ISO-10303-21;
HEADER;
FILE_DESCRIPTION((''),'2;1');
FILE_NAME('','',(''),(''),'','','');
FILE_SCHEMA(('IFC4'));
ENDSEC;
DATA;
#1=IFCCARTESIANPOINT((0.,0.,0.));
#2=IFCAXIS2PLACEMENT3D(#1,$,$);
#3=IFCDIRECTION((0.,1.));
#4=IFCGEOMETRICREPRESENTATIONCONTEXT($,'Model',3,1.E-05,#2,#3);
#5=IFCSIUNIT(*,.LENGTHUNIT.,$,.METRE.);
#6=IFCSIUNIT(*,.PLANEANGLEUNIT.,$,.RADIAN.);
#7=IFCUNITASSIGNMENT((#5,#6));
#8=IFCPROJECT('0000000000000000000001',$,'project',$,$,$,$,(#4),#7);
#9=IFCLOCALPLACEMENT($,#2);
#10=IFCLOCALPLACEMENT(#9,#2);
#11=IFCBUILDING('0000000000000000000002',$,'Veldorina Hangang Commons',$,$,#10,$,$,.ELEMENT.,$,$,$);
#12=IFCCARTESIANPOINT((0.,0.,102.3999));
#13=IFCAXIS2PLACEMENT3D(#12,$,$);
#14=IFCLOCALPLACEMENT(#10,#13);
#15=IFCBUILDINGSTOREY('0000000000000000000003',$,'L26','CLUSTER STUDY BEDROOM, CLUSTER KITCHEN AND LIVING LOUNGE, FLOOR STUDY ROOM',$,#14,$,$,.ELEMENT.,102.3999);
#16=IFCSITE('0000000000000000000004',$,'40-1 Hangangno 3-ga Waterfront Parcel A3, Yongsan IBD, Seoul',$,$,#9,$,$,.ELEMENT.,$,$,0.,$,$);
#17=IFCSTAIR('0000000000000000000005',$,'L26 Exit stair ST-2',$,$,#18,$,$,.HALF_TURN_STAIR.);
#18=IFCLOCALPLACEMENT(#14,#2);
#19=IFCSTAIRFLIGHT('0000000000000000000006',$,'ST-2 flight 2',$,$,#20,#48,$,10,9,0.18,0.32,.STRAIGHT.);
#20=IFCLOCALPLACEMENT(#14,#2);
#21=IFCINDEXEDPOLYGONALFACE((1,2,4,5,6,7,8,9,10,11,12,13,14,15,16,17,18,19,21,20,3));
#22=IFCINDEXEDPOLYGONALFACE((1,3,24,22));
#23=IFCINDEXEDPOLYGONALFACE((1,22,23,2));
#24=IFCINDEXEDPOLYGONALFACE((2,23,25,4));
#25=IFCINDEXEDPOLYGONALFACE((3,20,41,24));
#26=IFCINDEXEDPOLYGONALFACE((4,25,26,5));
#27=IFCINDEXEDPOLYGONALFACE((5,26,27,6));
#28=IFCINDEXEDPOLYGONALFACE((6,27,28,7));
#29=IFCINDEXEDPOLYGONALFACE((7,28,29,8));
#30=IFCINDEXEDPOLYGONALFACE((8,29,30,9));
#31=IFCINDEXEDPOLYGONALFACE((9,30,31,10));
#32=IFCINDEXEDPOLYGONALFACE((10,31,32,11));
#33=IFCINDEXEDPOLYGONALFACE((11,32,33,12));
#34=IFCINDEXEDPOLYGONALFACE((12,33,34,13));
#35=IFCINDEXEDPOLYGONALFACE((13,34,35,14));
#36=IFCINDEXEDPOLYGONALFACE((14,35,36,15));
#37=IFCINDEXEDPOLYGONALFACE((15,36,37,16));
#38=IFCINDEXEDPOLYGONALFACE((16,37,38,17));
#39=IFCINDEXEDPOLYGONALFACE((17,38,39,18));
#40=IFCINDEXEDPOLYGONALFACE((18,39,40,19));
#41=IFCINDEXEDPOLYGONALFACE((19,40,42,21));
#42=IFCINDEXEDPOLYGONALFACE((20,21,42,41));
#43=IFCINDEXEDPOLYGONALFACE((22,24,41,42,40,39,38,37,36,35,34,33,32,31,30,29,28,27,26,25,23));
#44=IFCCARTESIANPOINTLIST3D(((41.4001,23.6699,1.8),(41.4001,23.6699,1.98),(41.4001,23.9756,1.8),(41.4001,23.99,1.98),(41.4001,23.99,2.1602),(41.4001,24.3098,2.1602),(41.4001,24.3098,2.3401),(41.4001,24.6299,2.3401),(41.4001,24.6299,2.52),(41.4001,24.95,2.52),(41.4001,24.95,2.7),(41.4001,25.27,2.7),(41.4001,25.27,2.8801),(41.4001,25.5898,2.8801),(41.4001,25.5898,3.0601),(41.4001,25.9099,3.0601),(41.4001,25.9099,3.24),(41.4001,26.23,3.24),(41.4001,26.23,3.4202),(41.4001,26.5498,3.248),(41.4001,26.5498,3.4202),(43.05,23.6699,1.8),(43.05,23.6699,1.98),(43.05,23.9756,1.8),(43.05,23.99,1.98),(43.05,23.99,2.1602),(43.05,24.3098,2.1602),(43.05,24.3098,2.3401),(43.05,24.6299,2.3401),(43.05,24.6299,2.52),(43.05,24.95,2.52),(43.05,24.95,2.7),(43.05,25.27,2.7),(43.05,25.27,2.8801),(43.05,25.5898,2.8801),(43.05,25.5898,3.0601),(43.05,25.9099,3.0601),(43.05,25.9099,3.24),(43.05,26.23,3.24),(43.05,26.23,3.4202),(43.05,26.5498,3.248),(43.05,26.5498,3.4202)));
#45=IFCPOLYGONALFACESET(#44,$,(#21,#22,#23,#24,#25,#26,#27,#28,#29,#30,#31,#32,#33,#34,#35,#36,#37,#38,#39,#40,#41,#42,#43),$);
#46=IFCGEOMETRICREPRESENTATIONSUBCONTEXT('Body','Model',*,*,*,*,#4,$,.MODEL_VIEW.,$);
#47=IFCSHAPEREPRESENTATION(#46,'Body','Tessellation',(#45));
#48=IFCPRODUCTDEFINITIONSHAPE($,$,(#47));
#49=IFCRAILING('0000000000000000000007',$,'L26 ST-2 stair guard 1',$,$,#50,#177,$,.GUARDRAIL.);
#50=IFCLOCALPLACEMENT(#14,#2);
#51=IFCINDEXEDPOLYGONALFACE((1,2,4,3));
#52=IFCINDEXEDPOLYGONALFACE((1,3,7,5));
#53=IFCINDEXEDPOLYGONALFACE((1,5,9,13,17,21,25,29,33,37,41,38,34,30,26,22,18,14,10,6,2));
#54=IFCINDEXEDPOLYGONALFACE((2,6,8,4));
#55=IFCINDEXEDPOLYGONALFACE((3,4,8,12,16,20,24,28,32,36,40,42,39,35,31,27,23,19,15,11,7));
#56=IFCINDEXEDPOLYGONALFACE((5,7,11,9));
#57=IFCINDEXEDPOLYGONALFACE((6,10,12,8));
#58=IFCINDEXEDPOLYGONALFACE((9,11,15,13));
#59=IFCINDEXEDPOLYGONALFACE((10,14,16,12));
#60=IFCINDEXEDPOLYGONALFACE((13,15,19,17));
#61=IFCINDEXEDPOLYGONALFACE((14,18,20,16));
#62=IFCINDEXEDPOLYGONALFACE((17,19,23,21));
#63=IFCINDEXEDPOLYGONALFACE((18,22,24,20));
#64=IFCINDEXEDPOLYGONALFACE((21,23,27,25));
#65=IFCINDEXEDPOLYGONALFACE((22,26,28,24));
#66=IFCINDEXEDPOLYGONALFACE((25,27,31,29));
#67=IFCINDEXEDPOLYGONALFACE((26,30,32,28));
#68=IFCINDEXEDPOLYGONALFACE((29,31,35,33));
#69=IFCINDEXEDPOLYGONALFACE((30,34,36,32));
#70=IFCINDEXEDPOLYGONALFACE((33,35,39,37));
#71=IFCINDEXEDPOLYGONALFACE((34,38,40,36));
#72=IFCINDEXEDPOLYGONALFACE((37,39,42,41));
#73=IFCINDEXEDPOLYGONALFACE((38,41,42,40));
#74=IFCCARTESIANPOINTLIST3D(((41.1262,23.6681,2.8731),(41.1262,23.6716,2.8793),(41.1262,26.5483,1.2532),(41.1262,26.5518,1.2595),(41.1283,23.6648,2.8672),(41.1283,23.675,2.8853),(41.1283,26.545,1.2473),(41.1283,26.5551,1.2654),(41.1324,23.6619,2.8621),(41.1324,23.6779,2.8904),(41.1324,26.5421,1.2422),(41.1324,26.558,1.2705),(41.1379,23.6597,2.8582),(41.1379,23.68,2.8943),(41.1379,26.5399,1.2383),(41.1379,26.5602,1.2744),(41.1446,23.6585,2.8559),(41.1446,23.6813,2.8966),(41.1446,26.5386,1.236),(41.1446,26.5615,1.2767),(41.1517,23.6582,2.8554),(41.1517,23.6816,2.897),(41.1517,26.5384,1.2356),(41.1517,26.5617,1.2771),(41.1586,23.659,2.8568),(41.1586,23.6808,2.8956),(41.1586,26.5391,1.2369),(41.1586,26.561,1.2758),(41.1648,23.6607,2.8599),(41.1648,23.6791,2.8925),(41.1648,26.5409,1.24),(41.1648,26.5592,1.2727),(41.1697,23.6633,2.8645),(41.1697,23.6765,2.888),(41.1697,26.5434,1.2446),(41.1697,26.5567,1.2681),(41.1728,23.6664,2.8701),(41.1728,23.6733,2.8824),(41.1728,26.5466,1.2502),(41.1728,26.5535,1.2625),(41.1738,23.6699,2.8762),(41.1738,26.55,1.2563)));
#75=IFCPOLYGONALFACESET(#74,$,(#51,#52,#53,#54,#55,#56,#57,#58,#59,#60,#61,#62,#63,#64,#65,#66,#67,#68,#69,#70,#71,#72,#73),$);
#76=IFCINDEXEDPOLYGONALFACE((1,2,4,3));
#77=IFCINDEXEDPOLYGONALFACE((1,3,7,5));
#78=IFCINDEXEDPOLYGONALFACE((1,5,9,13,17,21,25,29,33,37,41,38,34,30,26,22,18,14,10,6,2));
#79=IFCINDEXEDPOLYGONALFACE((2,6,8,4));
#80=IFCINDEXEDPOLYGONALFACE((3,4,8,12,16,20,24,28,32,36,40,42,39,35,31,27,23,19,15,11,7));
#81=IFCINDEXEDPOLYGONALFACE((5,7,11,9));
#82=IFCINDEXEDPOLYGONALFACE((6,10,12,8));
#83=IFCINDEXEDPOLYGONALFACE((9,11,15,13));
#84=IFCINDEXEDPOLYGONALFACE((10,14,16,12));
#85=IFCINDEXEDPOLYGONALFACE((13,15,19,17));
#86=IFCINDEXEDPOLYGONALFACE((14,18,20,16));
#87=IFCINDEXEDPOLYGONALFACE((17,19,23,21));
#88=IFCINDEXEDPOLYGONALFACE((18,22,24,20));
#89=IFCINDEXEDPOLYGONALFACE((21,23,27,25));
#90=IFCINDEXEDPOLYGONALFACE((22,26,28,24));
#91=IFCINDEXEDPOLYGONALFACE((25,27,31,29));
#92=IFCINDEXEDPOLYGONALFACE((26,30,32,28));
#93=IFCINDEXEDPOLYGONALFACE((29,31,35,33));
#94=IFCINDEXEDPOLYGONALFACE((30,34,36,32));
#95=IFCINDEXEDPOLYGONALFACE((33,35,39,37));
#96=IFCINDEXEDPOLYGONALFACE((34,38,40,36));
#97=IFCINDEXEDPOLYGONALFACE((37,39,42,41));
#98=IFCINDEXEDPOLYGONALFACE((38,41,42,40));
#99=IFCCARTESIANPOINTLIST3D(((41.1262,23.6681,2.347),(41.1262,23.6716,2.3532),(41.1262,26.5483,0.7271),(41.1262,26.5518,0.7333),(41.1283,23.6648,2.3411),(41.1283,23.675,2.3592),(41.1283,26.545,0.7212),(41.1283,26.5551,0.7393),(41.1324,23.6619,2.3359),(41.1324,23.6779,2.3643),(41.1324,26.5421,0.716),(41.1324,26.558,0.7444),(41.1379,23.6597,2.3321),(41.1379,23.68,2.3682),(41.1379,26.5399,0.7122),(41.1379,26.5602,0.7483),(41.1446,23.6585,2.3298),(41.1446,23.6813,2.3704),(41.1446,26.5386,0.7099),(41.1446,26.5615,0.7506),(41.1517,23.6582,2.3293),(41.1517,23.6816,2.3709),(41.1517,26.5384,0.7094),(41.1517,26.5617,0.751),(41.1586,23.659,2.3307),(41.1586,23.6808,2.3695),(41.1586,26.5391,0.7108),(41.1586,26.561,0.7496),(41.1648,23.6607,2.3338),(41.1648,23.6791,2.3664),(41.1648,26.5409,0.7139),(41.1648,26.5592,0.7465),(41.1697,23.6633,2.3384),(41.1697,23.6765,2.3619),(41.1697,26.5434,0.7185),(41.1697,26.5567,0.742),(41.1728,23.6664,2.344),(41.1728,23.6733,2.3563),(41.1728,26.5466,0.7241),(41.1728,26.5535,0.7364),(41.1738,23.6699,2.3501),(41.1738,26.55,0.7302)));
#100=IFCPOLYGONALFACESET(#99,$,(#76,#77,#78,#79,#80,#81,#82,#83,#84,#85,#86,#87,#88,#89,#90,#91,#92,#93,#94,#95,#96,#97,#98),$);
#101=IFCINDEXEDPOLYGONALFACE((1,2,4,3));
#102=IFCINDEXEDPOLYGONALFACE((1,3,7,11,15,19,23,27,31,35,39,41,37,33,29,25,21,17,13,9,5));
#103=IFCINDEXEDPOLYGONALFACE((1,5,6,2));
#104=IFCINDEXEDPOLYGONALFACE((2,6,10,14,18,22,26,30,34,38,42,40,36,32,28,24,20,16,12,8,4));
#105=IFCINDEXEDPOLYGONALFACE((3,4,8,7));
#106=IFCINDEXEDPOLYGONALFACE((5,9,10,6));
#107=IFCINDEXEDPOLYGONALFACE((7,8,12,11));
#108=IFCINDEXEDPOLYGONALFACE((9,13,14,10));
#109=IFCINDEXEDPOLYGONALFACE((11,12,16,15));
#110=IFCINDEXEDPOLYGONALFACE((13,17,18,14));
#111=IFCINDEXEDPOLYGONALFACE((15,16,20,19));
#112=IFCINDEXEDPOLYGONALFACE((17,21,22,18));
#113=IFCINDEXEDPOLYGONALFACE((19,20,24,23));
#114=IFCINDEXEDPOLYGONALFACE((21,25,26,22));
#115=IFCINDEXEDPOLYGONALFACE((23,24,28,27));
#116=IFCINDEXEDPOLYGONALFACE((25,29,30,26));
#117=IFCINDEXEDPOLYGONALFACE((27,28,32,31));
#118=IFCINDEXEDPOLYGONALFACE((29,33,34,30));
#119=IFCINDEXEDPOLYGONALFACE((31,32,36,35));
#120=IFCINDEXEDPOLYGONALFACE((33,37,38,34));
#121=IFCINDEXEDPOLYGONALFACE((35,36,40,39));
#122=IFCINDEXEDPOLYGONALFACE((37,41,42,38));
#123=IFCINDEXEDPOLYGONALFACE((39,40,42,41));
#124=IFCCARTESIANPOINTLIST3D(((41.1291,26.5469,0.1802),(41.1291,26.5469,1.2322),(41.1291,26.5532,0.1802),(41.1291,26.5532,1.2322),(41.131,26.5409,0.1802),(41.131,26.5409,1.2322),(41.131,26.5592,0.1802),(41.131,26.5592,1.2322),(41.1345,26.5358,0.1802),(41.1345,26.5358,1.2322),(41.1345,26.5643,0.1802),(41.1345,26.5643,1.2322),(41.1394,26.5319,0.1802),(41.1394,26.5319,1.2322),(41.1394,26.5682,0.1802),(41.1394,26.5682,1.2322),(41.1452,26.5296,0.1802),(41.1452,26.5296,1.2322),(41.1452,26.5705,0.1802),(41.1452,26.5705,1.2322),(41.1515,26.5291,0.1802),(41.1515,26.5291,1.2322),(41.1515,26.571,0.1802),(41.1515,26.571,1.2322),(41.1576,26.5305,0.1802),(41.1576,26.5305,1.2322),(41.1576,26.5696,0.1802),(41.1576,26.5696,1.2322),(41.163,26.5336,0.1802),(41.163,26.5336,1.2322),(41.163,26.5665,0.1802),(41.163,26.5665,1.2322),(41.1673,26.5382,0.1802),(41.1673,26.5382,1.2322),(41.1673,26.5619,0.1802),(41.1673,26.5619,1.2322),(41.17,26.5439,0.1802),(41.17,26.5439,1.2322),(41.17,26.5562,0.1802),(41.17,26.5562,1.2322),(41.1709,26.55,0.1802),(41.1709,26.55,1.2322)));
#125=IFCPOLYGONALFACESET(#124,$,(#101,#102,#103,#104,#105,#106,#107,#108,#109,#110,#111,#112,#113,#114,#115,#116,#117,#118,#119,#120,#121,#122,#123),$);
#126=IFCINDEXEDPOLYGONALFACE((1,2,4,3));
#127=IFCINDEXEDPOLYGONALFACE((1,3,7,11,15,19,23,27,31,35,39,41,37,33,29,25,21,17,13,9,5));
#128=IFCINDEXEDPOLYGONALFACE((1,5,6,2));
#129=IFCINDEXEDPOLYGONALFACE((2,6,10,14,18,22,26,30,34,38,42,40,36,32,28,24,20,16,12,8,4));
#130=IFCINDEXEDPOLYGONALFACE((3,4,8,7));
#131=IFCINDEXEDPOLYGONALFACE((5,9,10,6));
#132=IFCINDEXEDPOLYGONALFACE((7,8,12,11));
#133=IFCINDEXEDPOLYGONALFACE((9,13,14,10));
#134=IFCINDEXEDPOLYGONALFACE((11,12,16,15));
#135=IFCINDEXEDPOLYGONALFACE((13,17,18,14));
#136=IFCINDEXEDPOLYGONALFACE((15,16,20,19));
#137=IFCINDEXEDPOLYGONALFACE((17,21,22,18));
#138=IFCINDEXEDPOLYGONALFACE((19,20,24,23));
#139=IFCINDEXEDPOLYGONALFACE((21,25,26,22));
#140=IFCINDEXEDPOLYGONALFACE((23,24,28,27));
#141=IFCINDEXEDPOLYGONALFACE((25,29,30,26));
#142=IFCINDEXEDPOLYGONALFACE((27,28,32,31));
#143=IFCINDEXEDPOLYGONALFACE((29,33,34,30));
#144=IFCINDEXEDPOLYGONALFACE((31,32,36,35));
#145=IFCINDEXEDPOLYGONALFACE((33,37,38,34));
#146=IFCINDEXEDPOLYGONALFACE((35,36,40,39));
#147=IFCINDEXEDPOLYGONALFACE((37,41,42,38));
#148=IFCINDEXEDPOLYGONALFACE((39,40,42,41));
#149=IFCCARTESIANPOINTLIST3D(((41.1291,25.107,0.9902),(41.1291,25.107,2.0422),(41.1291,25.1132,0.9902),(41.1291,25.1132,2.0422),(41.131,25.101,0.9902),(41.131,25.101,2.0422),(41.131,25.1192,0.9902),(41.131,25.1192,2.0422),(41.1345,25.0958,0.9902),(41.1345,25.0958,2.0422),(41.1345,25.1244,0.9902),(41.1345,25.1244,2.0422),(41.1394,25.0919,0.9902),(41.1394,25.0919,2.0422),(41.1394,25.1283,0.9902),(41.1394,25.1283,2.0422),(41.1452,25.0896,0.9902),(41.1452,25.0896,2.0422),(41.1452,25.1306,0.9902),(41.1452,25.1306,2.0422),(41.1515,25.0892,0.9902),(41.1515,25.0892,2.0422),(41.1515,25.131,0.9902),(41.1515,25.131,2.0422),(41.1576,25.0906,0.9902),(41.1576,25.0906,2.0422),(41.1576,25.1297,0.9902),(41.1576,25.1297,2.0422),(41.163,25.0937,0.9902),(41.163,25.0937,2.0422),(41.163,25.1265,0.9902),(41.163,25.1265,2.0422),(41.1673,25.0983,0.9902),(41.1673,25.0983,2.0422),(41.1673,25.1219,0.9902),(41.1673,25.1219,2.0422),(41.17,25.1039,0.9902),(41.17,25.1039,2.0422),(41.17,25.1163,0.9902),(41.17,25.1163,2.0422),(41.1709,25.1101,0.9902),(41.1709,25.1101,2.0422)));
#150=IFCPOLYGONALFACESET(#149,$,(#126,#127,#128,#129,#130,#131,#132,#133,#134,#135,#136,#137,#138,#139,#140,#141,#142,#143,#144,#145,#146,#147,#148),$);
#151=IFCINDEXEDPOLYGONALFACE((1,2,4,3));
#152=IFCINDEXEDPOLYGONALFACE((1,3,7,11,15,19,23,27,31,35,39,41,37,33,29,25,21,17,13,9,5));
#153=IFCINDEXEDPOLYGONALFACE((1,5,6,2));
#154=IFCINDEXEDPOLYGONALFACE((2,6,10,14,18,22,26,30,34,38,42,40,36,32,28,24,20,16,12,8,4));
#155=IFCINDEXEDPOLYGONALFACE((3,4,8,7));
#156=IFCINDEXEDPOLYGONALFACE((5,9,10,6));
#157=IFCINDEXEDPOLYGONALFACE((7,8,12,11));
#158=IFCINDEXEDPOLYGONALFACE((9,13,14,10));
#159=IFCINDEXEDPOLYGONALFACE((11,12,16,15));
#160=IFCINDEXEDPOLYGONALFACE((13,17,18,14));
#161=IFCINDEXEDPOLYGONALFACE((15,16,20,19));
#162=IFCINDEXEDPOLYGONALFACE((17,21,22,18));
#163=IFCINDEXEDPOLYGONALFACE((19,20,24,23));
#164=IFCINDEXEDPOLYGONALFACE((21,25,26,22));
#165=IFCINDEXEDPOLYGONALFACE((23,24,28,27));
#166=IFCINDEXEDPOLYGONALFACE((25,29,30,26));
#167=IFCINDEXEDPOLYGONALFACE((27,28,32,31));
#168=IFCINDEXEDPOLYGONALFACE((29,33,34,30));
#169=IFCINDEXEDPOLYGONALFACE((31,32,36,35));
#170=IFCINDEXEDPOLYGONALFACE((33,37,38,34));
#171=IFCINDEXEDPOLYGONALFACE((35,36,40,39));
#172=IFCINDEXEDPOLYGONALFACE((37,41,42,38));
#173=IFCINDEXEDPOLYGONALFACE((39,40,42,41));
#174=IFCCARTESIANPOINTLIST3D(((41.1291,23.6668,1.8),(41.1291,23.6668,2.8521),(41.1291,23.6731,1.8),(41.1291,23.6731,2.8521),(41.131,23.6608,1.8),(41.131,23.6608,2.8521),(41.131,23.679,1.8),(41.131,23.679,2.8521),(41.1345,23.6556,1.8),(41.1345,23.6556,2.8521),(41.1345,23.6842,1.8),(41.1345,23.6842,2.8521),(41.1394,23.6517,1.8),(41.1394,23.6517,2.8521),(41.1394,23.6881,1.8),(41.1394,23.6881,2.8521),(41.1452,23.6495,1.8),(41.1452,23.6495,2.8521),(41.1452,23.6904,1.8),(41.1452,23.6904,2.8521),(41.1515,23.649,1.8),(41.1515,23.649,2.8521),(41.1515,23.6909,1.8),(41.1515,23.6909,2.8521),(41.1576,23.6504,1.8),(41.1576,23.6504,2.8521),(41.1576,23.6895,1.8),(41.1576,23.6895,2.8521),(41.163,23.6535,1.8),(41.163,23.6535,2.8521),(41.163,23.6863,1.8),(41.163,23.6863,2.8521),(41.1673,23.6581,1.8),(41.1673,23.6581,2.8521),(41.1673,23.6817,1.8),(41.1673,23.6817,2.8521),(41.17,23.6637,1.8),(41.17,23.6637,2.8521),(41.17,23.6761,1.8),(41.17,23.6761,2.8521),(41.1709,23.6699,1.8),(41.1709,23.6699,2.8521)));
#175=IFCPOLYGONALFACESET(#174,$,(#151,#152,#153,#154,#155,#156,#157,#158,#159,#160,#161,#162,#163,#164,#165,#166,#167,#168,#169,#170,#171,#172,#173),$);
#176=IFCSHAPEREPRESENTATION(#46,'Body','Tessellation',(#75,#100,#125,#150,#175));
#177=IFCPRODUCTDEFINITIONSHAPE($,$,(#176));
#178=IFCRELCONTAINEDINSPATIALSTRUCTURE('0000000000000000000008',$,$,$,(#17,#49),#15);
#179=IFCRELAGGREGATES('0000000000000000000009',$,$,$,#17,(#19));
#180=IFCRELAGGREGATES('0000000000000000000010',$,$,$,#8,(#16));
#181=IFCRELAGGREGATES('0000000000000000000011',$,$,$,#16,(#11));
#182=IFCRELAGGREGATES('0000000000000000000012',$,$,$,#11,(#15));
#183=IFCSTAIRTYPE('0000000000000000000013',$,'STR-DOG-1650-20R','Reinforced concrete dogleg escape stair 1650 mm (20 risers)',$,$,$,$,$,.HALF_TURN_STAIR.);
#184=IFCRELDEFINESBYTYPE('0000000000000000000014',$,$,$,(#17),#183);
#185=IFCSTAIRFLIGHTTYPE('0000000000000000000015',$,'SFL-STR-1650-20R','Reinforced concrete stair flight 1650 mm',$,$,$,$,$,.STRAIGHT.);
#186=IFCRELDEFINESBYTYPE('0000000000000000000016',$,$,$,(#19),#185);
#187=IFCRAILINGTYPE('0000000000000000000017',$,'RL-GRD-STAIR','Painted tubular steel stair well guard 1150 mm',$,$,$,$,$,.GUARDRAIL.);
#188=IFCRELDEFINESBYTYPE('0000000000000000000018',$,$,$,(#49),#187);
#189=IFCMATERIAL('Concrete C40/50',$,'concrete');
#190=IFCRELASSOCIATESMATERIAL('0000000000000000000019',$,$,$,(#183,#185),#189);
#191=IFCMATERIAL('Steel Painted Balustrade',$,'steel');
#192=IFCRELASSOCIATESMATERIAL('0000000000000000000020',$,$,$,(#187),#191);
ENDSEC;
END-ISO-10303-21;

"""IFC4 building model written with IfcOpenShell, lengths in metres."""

from ifc_helpers import new_model, si_unit, direction, frame, origin, origin_2d, place, context, subcontext, project, spatial, polyline, circle, outline, extrude, material, type_object, element, aggregate, save


model = new_model("IFC4")

# Units and contexts
model_context = context("Model", 3, precision=1e-05, world=origin(), true_north=direction((0.0, 1.0)))
body_context = subcontext(model_context, "Body", "Model", "MODEL_VIEW")
ifc_project = project(units=[si_unit("LENGTHUNIT", "METRE"), si_unit("PLANEANGLEUNIT", "RADIAN")], contexts=[model_context])

# Site, building, storey
site_placement = place(None, origin())
site = spatial("IfcSite", under=ifc_project, at=site_placement, Name="40-1 Hangangno 3-ga Waterfront Parcel A3, Yongsan IBD, Seoul", CompositionType="ELEMENT", RefElevation=0.0)
building_placement = place(site_placement, origin())
building = spatial("IfcBuilding", under=site, at=building_placement, Name="Veldorina Hangang Commons", CompositionType="ELEMENT")
storey_placement = place(building_placement, frame((0.0, 0.0, 102.3999)))
storey = spatial("IfcBuildingStorey", under=building, at=storey_placement, Name="L26", Description="CLUSTER STUDY BEDROOM, CLUSTER KITCHEN AND LIVING LOUNGE, FLOOR STUDY ROOM", CompositionType="ELEMENT", Elevation=102.3999)

# Stair, stair flight
ifc_material_1 = material(Name="Concrete C40/50", Category="concrete")
stair_type = type_object("IfcStairType", Name="STR-DOG-1650-20R", Description="Reinforced concrete dogleg escape stair 1650 mm (20 risers)", PredefinedType="HALF_TURN_STAIR", material=ifc_material_1)
stair_placement = place(storey_placement, origin())
stair = element("IfcStair", 1, at=stair_placement, inside=storey, type_object=stair_type, Name="L26 Exit stair ST-2", PredefinedType="HALF_TURN_STAIR")
stair_flight_type = type_object("IfcStairFlightType", Name="SFL-STR-1650-20R", Description="Reinforced concrete stair flight 1650 mm", PredefinedType="STRAIGHT", material=ifc_material_1)
stair_flight_1_placement = place(storey_placement, frame((42.2251, 23.6699, 1.8), z_axis=(0.0, 0.0, 1.0), x_axis=(0.0, 1.0, 0.0)))
stair_flight_1 = element("IfcStairFlight", 2, at=stair_flight_1_placement, type_object=stair_flight_type, Name="ST-2 flight 2", NumberOfRisers=10, NumberOfTreads=9, PredefinedType="STRAIGHT", RiserHeight=0.18, TreadLength=0.32, context=body_context, shape_type="SweptSolid", body=[
    extrude(outline(polyline([(0.0, 0.0), (0.0, 0.1799), (0.3201, 0.1799), (0.3201, 0.3601), (0.6399, 0.3601), (0.6399, 0.54), (0.96, 0.54), (0.96, 0.72), (1.28, 0.72), (1.28, 0.8999), (1.6001, 0.8999), (1.6001, 1.0801), (1.9199, 1.0801), (1.9199, 1.26), (2.24, 1.26), (2.24, 1.4399), (2.5601, 1.4399), (2.5601, 1.6201), (2.8799, 1.6201), (2.8799, 1.8), (2.8799, 1.448), (0.3057, 0.0), (0.0, 0.0)])), frame((0.0, 0.825, 0.0), z_axis=(0.0, -1.0, 0.0), x_axis=(1.0, 0.0, 0.0)), (0.0, 0.0, 1.0), 1.6499),
])
aggregate(stair, [stair_flight_1])

# Railing
ifc_material_2 = material(Name="Steel Painted Balustrade", Category="steel")
railing_type_1 = type_object("IfcRailingType", Name="RL-GRD-STAIR", Description="Painted tubular steel stair well guard 1150 mm", PredefinedType="GUARDRAIL", material=ifc_material_2)
railing_1_placement = place(storey_placement, frame((41.1499, 26.55, 0.1802)))
element("IfcRailing", 3, at=railing_1_placement, inside=storey, type_object=railing_type_1, Name="L26 ST-2 stair guard 1", PredefinedType="GUARDRAIL", context=body_context, shape_type="SweptSolid", body=[
    extrude(circle(Radius=0.0239, at=origin_2d()), frame((0.0, 0.0, 1.0762), z_axis=(0.0, -0.871601, 0.490216), x_axis=(1.0, 0.0, 0.0)), (0.0, 0.0, 1.0), 3.3044),
    extrude(circle(Radius=0.0239, at=origin_2d()), frame((0.0, 0.0, 0.55), z_axis=(0.0, -0.871601, 0.490216), x_axis=(1.0, 0.0, 0.0)), (0.0, 0.0, 1.0), 3.3044),
    extrude(circle(Radius=0.021, at=origin_2d()), origin(), (0.0, 0.0, 1.0), 1.052),
    extrude(circle(Radius=0.021, at=origin_2d()), frame((0.0, -1.4399, 0.8101)), (0.0, 0.0, 1.0), 1.052),
    extrude(circle(Radius=0.021, at=origin_2d()), frame((0.0, -2.8801, 1.6199)), (0.0, 0.0, 1.0), 1.052),
])

save(model, "model.ifc")
